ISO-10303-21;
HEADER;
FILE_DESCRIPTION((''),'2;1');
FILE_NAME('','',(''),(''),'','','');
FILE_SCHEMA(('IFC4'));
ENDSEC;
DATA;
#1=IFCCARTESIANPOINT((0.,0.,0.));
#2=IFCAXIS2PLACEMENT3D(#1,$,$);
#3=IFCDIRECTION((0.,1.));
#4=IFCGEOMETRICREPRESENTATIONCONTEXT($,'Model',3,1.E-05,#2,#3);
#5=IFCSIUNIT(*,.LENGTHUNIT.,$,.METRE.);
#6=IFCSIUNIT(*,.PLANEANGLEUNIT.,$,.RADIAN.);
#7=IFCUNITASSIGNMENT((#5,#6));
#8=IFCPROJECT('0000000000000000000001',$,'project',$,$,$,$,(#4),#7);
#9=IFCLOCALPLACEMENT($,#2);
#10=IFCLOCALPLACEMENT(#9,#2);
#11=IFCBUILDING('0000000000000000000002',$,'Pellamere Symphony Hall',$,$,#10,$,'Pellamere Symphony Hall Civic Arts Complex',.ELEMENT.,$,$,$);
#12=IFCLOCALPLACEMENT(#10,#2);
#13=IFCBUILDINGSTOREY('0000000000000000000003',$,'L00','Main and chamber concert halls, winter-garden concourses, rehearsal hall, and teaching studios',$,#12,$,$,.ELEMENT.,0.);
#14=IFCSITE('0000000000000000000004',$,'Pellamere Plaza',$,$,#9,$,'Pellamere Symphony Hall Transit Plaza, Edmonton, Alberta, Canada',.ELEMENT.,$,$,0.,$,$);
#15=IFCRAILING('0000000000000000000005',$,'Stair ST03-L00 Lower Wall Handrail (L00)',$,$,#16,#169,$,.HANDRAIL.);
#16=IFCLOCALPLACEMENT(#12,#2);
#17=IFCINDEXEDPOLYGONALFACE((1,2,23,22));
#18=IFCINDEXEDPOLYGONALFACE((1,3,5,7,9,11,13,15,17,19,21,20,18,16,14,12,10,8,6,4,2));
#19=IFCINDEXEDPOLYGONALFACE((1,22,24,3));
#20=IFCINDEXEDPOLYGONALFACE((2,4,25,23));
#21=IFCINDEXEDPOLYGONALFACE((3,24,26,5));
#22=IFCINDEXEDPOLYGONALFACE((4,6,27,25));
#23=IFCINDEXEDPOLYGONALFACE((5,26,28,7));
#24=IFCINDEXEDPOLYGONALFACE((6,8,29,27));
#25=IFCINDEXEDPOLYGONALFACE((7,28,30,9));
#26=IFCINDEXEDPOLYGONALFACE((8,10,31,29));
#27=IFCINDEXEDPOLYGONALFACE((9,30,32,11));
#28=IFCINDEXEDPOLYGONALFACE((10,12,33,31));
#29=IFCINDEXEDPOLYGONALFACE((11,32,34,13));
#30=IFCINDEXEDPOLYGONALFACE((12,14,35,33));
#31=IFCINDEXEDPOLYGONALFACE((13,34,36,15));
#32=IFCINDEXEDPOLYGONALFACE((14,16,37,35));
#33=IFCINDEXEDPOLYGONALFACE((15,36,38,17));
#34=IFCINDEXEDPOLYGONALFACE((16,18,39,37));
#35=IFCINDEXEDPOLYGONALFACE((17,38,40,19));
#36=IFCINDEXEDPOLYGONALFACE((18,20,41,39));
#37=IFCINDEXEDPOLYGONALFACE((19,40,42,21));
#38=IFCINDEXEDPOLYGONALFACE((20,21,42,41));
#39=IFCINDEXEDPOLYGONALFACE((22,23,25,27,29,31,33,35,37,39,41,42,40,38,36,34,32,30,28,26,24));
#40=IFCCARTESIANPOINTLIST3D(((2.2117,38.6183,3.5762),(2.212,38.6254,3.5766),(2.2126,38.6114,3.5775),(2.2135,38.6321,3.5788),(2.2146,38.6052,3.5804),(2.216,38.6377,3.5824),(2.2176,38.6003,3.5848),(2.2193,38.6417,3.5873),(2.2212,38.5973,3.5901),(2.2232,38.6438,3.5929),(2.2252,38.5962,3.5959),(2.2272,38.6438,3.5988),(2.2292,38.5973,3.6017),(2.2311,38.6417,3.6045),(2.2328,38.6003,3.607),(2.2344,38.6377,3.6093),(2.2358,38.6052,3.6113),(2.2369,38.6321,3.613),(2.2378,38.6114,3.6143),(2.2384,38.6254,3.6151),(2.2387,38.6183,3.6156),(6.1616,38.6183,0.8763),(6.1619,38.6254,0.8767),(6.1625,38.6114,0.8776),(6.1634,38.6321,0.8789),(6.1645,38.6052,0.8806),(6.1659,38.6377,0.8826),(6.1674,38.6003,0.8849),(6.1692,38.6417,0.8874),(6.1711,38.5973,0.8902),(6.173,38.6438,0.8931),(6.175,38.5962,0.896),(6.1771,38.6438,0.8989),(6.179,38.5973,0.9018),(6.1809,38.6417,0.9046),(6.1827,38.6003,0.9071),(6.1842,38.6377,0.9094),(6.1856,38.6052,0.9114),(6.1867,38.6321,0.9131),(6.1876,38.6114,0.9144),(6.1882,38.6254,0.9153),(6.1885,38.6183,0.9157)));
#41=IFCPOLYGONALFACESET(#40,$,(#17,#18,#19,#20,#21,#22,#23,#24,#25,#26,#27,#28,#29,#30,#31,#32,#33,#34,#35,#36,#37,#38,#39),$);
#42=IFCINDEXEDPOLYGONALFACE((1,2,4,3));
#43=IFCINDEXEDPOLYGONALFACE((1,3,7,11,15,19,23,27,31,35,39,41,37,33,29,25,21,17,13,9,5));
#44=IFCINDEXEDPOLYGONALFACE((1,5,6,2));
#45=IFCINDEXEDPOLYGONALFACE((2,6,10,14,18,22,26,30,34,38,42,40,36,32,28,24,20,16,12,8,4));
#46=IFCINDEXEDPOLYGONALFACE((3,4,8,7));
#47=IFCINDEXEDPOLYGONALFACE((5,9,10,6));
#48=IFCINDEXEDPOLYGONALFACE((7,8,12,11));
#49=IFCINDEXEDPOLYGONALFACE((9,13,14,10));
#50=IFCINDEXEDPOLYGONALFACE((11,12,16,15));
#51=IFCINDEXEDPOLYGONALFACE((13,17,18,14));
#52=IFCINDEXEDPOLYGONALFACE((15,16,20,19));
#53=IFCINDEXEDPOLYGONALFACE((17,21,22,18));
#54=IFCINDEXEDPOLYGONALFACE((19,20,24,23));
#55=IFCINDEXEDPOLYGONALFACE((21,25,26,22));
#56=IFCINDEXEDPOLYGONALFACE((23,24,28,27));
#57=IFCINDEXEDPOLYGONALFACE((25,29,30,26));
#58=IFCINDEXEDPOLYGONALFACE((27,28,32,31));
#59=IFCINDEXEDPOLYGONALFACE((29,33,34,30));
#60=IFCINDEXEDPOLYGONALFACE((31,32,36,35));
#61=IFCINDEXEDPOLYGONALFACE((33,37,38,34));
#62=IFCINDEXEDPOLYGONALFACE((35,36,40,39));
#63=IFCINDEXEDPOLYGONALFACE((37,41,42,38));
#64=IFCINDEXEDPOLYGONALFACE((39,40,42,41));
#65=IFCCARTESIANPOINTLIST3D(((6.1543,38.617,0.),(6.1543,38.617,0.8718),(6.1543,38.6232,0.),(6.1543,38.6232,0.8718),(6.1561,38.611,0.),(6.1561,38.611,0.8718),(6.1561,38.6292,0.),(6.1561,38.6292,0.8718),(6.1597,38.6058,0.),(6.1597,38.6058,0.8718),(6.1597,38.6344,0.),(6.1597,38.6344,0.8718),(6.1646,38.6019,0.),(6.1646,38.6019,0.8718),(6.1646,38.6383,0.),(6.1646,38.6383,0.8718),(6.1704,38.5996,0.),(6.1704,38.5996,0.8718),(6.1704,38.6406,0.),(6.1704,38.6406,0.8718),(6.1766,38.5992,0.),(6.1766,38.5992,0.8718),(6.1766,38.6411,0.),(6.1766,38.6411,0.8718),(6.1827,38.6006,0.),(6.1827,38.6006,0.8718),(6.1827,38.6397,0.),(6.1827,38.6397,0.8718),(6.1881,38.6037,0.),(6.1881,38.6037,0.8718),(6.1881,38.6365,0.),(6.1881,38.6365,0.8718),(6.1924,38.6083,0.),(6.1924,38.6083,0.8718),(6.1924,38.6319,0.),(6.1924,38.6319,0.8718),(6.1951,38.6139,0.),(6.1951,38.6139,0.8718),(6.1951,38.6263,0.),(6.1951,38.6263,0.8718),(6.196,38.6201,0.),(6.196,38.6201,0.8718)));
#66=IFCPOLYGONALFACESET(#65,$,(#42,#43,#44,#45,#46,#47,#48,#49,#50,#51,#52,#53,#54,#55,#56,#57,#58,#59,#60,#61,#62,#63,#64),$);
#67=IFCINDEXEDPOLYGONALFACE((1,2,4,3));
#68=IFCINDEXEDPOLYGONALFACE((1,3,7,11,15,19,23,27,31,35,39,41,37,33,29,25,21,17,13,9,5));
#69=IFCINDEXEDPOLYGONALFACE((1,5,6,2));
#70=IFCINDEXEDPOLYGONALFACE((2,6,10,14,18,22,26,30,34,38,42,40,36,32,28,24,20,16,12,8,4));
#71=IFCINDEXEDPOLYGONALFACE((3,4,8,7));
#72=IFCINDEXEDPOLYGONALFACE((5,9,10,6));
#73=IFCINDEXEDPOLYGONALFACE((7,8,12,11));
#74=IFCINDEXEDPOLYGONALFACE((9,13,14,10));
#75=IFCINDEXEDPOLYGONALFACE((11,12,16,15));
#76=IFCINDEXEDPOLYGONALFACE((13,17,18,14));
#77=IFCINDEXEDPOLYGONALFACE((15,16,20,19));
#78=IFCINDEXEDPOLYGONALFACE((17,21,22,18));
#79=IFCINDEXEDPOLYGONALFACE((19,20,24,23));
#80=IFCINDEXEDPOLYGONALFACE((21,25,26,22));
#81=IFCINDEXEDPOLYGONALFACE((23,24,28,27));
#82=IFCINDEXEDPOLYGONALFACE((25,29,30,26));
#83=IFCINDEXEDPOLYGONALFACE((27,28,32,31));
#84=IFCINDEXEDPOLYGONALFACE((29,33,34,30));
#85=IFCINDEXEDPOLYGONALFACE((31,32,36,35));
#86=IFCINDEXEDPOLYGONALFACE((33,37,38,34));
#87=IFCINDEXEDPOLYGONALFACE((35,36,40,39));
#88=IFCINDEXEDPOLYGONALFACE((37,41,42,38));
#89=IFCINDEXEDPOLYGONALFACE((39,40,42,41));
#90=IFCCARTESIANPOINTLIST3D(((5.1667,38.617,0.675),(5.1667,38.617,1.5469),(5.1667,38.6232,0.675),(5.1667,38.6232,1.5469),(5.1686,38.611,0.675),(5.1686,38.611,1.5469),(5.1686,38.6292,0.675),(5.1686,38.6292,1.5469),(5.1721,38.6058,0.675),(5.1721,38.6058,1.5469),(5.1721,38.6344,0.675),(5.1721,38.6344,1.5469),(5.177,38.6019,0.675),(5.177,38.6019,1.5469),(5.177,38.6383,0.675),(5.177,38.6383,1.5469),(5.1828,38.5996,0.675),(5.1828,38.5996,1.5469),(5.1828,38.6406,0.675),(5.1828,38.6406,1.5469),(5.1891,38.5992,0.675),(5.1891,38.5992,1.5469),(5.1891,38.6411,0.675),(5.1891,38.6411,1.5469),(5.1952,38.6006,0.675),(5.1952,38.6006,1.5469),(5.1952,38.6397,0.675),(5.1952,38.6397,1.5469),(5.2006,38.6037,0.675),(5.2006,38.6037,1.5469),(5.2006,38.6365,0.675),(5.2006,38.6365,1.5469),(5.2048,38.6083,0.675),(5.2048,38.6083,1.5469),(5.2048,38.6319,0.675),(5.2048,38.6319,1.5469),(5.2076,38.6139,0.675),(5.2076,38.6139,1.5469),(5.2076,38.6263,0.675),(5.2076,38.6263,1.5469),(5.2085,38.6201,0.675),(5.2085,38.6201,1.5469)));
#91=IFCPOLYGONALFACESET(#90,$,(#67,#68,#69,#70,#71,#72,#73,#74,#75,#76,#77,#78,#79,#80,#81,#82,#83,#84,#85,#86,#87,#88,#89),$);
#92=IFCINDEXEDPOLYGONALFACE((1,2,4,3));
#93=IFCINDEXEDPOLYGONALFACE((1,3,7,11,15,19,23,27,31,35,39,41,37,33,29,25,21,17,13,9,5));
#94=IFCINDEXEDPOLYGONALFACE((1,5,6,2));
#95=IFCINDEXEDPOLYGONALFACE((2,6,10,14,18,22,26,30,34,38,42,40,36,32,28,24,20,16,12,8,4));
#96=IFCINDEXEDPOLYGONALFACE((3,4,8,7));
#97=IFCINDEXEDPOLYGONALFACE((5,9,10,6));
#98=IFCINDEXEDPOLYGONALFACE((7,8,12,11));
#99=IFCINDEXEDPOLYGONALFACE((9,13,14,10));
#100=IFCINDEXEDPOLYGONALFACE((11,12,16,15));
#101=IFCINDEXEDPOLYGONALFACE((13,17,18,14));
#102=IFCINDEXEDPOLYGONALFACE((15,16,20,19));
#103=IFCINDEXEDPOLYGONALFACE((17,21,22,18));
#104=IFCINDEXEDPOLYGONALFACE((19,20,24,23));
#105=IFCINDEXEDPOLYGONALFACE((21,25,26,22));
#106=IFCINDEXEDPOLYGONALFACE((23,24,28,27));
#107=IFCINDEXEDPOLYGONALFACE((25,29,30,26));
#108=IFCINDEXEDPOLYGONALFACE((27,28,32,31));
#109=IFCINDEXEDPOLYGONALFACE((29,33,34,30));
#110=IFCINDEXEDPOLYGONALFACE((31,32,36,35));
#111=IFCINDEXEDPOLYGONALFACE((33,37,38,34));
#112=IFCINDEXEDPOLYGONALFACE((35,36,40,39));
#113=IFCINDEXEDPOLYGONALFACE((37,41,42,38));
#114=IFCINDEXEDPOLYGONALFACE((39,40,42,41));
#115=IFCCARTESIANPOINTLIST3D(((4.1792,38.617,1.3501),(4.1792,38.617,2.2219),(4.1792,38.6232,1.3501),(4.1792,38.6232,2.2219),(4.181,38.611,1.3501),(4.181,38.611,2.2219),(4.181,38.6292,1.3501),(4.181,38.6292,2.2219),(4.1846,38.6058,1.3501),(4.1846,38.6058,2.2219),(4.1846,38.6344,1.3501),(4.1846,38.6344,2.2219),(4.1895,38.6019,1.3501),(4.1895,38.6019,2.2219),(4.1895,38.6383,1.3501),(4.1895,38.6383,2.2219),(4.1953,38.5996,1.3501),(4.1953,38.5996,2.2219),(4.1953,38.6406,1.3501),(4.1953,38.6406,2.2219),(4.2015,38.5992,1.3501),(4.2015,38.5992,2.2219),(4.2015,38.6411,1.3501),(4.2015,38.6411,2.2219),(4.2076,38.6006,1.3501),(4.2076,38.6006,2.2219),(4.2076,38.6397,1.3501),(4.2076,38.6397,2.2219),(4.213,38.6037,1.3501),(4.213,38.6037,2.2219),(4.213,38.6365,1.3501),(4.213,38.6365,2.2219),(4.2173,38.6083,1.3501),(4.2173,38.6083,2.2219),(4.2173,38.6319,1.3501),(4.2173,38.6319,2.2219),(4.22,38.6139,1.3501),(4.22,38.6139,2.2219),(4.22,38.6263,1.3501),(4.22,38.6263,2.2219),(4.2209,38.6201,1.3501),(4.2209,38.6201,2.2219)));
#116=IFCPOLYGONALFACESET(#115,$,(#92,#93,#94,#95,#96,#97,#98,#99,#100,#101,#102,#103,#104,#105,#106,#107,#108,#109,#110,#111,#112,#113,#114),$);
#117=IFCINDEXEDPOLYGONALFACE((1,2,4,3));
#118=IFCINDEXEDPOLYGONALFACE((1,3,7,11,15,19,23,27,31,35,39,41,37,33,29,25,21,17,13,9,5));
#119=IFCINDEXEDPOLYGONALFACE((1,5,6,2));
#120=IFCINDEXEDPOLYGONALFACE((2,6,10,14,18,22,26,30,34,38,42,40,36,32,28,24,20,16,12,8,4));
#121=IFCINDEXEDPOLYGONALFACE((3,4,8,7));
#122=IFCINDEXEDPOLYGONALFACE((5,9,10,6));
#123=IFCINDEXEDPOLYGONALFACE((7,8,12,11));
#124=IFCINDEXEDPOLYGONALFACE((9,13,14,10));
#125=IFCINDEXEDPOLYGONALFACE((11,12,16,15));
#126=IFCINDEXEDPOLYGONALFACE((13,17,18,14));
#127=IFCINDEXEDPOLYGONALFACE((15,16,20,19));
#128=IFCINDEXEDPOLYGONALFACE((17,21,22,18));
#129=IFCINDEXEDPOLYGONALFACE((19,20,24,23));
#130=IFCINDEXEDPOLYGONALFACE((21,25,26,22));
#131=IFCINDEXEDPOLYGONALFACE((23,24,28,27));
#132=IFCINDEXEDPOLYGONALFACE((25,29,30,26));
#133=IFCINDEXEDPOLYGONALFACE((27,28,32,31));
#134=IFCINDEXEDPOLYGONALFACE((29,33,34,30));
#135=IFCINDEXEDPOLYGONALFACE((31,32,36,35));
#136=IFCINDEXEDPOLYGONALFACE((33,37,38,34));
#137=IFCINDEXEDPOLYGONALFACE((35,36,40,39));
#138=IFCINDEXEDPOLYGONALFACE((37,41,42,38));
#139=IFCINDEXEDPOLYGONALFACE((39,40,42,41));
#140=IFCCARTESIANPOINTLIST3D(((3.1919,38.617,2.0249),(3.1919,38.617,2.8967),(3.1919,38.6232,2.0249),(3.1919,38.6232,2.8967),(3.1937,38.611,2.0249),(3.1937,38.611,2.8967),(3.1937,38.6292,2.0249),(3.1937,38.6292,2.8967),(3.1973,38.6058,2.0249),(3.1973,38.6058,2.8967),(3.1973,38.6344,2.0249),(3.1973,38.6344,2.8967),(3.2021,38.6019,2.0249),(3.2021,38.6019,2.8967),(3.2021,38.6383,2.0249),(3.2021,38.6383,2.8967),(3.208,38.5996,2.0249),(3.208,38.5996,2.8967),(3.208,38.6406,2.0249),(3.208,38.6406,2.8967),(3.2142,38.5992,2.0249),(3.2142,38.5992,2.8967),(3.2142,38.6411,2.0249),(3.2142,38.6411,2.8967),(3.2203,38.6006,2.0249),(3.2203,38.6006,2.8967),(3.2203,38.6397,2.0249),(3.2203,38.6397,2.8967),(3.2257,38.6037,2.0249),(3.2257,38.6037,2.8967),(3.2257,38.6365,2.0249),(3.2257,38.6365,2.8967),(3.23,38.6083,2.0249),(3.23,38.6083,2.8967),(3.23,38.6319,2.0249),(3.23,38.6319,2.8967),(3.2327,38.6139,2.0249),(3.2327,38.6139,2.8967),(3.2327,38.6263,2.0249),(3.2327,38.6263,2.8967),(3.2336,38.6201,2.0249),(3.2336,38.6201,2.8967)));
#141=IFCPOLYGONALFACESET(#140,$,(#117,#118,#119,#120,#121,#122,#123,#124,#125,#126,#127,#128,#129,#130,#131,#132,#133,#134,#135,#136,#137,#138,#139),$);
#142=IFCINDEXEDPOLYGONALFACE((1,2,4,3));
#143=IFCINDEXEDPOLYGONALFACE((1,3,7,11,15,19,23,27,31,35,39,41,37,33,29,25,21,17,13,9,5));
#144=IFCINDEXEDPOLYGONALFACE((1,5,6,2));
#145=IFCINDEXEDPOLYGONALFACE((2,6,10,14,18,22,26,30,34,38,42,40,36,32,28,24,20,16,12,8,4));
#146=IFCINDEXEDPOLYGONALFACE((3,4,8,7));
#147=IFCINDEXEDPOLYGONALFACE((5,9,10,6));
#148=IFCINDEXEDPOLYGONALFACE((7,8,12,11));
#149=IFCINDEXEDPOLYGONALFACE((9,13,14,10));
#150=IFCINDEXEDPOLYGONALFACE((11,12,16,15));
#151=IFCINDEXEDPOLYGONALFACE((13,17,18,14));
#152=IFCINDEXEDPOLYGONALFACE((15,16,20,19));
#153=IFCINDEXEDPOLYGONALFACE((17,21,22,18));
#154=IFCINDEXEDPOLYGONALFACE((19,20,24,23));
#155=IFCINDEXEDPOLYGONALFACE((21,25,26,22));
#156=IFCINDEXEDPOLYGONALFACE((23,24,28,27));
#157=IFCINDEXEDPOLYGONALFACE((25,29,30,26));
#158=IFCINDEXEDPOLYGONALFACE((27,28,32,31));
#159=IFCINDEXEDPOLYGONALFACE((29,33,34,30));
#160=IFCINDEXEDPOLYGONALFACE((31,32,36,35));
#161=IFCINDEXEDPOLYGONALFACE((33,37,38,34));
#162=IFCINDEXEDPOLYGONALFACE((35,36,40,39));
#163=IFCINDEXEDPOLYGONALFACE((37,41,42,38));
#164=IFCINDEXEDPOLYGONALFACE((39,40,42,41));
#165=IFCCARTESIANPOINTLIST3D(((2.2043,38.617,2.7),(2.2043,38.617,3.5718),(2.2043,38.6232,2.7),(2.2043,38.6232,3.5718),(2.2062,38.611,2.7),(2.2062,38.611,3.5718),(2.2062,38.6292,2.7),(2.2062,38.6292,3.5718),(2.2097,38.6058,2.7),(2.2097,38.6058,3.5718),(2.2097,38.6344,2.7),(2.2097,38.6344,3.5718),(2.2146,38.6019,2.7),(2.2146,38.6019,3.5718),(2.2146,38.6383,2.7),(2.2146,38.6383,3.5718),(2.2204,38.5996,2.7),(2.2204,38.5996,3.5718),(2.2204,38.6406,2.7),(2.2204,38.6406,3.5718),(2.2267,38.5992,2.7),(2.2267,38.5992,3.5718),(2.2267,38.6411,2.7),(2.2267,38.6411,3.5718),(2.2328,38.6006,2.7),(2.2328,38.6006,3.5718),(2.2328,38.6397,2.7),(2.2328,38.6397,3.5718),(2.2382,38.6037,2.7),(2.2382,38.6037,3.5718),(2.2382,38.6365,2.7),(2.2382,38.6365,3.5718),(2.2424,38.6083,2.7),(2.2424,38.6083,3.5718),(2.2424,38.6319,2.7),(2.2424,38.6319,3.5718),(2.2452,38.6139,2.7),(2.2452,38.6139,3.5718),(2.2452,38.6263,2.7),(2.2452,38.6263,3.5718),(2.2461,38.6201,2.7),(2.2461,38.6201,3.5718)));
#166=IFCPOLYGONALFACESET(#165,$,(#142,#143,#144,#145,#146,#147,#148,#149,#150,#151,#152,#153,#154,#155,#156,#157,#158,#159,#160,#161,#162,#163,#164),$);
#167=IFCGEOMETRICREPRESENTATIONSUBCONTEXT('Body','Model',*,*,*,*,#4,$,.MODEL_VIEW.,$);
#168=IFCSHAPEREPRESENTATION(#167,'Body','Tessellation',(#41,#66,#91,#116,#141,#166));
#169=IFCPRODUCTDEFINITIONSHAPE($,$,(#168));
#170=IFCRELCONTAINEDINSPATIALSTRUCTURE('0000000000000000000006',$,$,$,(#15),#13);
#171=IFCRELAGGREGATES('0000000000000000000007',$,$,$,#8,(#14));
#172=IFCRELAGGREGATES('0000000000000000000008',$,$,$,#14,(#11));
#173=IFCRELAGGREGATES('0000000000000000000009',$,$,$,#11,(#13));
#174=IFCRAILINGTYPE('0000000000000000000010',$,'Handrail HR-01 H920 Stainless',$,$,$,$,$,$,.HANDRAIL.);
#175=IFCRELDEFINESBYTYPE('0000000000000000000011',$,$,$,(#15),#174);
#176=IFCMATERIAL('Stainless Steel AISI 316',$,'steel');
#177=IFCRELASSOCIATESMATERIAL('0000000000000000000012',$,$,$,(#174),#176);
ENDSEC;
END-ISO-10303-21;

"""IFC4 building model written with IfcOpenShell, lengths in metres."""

from ifc_helpers import new_model, si_unit, direction, frame, origin, origin_2d, place, context, subcontext, project, spatial, circle, extrude, material, type_object, element, save


model = new_model("IFC4")

# Units and contexts
model_context = context("Model", 3, precision=1e-05, world=origin(), true_north=direction((0.0, 1.0)))
body_context = subcontext(model_context, "Body", "Model", "MODEL_VIEW")
ifc_project = project(units=[si_unit("LENGTHUNIT", "METRE"), si_unit("PLANEANGLEUNIT", "RADIAN")], contexts=[model_context])

# Site, building, storey
site_placement = place(None, origin())
site = spatial("IfcSite", under=ifc_project, at=site_placement, Name="Pellamere Plaza", LongName="Pellamere Symphony Hall Transit Plaza, Edmonton, Alberta, Canada", CompositionType="ELEMENT", RefElevation=0.0)
building_placement = place(site_placement, origin())
building = spatial("IfcBuilding", under=site, at=building_placement, Name="Pellamere Symphony Hall", LongName="Pellamere Symphony Hall Civic Arts Complex", CompositionType="ELEMENT")
storey_placement = place(building_placement, origin())
storey = spatial("IfcBuildingStorey", under=building, at=storey_placement, Name="L00", Description="Main and chamber concert halls, winter-garden concourses, rehearsal hall, and teaching studios", CompositionType="ELEMENT", Elevation=0.0)

# Railing
ifc_material_1 = material(Name="Stainless Steel AISI 316", Category="steel")
railing_type_1 = type_object("IfcRailingType", Name="Handrail HR-01 H920 Stainless", PredefinedType="HANDRAIL", material=ifc_material_1)
railing_1_placement = place(storey_placement, frame((6.175, 38.6201, 0.0)))
element("IfcRailing", 1, at=railing_1_placement, inside=storey, type_object=railing_type_1, Name="Stair ST03-L00 Lower Wall Handrail (L00)", PredefinedType="HANDRAIL", context=body_context, shape_type="SweptSolid", body=[
    extrude(circle(Radius=0.0239, at=origin_2d()), frame((0.0, 0.0, 0.896), z_axis=(-0.825565, 0.0, 0.564307), x_axis=(0.0, -1.0, 0.0)), (0.0, 0.0, 1.0), 4.7844),
    extrude(circle(Radius=0.021, at=origin_2d()), origin(), (0.0, 0.0, 1.0), 0.8718),
    extrude(circle(Radius=0.021, at=origin_2d()), frame((-0.9875, 0.0, 0.675)), (0.0, 0.0, 1.0), 0.8718),
    extrude(circle(Radius=0.021, at=origin_2d()), frame((-1.9751, 0.0, 1.3501)), (0.0, 0.0, 1.0), 0.8718),
    extrude(circle(Radius=0.021, at=origin_2d()), frame((-2.9624, 0.0, 2.0249)), (0.0, 0.0, 1.0), 0.8718),
    extrude(circle(Radius=0.021, at=origin_2d()), frame((-3.95, 0.0, 2.7)), (0.0, 0.0, 1.0), 0.8718),
])

save(model, "model.ifc")
